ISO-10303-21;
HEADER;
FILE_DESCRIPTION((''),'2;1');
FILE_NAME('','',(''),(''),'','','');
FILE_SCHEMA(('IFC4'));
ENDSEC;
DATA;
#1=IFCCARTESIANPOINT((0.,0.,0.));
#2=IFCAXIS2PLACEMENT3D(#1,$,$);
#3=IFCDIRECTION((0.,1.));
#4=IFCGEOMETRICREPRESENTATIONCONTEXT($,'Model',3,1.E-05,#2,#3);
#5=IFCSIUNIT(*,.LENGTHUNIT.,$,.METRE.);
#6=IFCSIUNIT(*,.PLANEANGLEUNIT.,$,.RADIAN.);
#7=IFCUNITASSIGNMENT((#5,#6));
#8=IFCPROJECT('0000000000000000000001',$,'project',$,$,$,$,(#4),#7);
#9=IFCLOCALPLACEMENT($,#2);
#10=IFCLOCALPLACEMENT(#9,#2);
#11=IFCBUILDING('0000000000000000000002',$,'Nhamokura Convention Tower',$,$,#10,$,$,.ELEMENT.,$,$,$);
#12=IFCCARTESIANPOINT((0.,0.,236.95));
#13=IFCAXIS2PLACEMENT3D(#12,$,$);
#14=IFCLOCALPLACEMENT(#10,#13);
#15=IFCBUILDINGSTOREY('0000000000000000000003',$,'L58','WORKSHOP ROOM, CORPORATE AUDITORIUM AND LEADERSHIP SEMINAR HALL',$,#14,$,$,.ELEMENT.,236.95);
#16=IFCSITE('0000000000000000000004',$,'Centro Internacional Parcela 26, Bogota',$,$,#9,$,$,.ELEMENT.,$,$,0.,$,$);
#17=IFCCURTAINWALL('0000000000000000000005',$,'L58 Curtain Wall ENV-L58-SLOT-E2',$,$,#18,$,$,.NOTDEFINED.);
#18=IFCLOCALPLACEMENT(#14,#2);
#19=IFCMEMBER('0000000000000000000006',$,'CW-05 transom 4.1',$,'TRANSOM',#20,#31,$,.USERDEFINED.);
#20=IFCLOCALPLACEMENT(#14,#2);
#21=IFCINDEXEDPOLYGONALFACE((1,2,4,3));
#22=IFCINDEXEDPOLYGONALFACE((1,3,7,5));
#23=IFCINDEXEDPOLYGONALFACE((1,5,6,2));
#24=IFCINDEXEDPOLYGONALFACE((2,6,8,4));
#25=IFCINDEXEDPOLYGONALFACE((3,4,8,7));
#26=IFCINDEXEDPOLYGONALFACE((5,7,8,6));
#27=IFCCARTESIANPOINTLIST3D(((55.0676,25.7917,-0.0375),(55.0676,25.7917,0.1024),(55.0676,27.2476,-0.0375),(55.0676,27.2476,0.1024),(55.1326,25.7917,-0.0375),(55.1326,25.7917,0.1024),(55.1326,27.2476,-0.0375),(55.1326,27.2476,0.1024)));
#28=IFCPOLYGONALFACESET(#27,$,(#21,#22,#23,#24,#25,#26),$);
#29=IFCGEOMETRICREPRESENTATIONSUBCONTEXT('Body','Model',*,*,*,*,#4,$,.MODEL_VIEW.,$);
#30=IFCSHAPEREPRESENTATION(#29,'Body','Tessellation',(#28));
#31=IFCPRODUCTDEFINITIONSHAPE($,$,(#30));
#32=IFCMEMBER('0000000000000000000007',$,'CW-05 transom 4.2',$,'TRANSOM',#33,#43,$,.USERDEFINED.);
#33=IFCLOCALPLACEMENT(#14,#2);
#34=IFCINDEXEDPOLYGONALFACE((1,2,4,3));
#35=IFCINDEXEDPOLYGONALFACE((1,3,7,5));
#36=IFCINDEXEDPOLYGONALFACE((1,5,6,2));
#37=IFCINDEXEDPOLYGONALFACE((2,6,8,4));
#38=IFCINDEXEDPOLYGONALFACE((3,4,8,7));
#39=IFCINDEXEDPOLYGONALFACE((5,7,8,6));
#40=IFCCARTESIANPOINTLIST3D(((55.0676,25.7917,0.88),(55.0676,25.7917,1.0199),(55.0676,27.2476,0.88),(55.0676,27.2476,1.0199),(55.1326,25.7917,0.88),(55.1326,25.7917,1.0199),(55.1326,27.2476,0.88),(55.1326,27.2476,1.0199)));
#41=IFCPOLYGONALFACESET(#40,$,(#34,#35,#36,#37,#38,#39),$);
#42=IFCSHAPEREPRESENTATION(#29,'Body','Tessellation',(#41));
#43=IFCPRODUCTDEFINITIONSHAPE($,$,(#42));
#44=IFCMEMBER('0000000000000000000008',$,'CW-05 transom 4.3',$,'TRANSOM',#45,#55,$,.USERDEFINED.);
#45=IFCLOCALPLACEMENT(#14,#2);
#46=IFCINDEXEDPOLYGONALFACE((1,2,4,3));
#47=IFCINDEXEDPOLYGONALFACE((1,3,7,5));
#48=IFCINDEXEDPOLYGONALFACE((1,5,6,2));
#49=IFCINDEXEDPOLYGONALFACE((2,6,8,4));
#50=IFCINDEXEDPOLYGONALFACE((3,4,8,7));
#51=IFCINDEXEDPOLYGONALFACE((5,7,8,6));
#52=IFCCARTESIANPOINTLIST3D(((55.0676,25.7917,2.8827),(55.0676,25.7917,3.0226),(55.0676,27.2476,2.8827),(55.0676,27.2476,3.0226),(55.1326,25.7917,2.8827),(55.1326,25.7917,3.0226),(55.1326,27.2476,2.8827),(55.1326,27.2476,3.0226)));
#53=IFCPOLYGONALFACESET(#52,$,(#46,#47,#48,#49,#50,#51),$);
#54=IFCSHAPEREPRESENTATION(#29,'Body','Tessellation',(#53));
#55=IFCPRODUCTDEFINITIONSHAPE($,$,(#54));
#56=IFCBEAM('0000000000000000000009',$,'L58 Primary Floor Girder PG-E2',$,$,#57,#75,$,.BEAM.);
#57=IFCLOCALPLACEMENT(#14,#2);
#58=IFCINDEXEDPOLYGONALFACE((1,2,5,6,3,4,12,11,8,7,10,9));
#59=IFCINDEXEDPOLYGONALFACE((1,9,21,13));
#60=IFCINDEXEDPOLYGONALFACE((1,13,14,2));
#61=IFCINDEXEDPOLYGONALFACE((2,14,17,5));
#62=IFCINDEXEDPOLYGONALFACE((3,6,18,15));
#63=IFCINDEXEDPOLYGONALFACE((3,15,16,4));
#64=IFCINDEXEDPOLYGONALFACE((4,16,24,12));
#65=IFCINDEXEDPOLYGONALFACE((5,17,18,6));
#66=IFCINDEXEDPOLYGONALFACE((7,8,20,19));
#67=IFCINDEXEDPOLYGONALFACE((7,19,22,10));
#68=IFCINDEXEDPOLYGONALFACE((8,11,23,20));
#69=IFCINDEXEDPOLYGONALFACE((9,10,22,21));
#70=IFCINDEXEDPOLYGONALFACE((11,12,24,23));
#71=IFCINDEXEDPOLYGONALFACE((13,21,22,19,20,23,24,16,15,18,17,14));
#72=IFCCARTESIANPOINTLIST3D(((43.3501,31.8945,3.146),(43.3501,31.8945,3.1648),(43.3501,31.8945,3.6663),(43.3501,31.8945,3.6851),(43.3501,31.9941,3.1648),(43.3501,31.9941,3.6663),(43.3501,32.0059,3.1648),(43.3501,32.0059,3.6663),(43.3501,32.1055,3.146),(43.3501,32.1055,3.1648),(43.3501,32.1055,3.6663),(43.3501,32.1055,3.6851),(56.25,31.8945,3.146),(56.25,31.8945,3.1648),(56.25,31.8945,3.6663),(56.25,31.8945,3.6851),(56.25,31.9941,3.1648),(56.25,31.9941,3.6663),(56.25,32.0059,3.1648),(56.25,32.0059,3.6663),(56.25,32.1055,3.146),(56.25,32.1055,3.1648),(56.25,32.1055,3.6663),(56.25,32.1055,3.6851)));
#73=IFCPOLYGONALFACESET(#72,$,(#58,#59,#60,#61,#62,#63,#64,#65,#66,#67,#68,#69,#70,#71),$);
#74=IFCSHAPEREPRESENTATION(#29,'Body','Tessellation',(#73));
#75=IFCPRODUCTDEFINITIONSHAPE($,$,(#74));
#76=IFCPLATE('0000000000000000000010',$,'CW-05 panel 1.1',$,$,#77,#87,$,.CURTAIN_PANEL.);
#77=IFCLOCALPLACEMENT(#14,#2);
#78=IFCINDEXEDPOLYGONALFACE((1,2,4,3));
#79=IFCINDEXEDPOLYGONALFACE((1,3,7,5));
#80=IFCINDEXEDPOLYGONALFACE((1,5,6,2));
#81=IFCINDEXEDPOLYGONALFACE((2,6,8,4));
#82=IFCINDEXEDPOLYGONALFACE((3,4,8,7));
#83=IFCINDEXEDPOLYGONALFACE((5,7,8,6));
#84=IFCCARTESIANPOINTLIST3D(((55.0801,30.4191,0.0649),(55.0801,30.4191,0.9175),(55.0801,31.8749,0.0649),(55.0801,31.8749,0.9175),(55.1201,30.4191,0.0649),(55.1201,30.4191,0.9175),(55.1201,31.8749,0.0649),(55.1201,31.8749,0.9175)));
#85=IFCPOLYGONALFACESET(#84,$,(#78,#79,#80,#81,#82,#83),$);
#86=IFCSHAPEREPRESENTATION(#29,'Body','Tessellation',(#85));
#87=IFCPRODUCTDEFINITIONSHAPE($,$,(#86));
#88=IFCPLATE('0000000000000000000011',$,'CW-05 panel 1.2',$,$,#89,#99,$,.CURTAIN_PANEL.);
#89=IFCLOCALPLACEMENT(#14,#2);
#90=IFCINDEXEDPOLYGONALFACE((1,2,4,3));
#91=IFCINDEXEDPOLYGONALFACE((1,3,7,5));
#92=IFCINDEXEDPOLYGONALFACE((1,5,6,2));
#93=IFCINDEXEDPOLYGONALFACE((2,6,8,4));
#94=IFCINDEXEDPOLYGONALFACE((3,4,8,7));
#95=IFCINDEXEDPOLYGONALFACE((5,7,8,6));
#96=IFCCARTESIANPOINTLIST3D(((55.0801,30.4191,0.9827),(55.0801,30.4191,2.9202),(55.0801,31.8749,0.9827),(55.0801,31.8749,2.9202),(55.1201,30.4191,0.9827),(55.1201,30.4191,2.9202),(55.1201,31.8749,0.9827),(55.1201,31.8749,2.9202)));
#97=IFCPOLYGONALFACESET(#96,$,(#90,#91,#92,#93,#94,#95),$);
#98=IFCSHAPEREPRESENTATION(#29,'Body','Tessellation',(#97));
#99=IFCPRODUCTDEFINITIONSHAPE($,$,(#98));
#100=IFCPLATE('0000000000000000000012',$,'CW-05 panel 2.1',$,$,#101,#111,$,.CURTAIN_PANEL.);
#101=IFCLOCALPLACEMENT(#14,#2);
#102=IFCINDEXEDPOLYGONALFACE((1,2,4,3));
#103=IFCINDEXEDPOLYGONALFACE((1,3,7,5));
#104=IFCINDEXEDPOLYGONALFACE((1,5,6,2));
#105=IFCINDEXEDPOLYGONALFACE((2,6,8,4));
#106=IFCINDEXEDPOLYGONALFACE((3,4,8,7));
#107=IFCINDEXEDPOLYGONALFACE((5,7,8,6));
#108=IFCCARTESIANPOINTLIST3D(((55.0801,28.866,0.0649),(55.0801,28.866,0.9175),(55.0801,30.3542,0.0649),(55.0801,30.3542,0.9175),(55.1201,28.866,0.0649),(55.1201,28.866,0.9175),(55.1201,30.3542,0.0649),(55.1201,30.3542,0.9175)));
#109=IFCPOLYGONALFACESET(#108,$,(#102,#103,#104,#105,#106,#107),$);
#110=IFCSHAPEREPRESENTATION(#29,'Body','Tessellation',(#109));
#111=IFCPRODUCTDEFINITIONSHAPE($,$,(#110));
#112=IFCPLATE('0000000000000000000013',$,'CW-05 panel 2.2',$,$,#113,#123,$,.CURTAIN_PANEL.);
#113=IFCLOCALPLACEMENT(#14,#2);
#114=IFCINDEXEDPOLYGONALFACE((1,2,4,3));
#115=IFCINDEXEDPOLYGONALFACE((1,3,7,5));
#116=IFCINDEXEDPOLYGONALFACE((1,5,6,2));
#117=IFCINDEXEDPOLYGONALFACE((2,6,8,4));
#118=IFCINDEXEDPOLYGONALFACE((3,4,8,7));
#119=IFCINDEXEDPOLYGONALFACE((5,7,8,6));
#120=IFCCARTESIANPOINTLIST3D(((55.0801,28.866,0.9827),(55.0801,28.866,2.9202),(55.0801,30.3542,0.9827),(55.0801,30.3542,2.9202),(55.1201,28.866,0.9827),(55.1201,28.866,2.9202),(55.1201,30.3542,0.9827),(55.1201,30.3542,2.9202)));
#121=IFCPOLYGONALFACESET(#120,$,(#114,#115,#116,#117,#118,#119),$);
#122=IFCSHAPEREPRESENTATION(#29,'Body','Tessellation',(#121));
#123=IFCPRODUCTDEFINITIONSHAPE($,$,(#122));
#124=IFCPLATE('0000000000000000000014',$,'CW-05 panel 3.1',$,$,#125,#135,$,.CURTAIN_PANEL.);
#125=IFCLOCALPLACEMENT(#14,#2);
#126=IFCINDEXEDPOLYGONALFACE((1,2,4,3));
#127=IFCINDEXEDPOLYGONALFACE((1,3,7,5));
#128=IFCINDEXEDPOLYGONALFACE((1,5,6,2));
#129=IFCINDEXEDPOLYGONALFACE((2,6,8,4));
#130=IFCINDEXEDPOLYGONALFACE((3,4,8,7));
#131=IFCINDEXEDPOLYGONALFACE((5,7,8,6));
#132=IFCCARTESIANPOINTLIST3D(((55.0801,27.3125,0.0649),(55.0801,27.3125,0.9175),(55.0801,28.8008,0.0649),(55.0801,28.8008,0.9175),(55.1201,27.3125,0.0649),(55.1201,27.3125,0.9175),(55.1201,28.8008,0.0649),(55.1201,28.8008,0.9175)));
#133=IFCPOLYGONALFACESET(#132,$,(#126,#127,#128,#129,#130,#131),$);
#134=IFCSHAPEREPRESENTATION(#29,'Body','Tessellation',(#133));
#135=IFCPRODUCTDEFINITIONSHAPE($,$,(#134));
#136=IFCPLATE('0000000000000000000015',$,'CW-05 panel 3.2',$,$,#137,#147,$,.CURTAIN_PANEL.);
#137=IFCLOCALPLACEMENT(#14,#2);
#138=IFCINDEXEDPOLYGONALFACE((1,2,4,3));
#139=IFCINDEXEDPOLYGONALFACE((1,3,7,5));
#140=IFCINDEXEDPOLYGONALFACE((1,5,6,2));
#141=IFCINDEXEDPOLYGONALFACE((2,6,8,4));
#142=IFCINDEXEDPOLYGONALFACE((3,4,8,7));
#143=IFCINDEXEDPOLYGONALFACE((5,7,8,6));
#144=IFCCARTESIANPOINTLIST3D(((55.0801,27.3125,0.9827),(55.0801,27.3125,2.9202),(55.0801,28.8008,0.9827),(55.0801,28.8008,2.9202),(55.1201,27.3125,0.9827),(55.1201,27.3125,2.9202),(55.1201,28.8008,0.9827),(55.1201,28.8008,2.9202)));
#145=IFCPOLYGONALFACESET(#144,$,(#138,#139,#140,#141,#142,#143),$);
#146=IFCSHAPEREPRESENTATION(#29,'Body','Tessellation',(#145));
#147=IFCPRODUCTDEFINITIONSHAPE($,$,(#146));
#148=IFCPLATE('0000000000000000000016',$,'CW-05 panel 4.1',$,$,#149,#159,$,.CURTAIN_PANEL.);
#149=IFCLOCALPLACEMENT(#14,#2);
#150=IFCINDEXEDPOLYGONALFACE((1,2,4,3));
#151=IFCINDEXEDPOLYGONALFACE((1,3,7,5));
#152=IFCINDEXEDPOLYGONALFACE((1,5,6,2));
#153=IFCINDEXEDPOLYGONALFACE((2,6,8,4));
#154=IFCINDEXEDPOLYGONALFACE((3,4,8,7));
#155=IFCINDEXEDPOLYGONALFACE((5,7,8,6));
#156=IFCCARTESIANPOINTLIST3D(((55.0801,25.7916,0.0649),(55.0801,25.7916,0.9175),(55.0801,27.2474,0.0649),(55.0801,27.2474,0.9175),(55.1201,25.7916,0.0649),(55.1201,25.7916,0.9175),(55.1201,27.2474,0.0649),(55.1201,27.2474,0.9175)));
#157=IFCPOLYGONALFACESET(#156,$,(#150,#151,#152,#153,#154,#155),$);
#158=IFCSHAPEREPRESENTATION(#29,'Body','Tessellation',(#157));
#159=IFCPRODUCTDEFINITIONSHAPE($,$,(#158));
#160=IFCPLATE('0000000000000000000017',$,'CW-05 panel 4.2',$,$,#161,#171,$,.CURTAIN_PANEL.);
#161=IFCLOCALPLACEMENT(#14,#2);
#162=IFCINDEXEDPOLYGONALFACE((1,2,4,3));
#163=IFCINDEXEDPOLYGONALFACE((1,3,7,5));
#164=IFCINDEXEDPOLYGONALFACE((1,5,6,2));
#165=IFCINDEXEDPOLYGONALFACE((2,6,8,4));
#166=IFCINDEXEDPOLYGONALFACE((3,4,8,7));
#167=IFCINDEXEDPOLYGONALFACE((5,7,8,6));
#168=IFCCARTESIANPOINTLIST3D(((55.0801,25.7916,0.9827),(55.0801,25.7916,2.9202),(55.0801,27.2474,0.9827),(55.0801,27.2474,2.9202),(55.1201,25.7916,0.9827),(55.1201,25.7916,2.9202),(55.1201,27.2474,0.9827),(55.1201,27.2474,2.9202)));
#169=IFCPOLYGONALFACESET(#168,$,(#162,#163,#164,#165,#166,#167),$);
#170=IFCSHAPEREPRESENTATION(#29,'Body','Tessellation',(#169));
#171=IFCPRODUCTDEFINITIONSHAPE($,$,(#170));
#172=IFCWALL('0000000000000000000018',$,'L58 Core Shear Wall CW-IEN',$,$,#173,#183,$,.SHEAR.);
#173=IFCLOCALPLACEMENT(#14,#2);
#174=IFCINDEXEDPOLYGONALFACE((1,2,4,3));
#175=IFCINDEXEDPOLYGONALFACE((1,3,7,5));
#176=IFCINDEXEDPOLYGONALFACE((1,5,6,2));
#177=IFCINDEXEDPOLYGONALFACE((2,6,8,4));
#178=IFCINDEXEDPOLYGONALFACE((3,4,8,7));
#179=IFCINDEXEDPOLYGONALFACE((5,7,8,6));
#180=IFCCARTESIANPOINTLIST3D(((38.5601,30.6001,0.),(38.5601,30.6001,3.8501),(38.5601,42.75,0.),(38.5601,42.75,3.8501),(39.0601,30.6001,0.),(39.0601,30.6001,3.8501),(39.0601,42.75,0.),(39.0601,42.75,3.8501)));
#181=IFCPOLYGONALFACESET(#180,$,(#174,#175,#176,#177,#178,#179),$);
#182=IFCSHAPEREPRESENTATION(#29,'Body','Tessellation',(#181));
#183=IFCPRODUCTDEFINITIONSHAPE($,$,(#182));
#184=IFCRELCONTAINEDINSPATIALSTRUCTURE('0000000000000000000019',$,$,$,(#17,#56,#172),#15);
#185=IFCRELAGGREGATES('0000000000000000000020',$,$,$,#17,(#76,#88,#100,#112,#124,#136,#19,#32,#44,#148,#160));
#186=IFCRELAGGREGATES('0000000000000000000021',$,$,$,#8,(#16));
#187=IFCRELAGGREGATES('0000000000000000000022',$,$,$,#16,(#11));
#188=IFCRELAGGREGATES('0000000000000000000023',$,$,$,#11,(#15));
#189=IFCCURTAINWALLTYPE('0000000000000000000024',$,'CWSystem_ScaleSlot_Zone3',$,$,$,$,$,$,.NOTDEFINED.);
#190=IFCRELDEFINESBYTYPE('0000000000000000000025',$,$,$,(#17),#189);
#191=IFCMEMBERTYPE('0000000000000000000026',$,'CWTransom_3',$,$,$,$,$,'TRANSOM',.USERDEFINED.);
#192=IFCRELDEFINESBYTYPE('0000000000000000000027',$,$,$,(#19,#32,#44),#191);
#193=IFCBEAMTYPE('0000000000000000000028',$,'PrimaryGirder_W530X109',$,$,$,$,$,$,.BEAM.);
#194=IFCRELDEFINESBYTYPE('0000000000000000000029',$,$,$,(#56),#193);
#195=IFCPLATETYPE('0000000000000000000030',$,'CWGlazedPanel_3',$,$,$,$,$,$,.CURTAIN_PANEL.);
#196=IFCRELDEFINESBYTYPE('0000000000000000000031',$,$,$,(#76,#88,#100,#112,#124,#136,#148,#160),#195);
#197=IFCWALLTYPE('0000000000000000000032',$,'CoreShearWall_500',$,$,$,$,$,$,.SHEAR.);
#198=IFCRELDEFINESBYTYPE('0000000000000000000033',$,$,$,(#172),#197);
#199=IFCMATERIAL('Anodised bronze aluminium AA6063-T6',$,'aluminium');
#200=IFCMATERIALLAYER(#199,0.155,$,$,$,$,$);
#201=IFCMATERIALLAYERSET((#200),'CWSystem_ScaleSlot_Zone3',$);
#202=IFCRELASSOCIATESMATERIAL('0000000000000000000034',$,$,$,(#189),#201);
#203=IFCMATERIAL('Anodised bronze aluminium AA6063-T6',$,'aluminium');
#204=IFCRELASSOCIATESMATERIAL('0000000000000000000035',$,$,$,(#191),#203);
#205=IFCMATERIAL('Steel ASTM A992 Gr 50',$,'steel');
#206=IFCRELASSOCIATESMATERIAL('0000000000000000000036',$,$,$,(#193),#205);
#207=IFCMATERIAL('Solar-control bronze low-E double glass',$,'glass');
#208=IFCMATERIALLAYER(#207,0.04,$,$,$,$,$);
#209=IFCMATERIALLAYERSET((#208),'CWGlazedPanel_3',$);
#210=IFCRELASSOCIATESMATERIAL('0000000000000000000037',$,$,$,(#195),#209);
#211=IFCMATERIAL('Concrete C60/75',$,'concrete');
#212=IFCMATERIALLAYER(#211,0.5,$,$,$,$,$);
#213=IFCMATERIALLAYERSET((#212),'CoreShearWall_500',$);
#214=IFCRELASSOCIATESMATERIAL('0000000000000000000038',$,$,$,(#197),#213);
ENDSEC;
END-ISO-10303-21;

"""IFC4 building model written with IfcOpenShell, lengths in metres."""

from ifc_helpers import new_model, si_unit, direction, frame, frame_2d, origin, origin_2d, place, context, subcontext, project, spatial, rectangle, i_section, extrude, material, layer, layer_set, material_profile, profile_set, type_object, element, aggregate, save


model = new_model("IFC4")

# Units and contexts
model_context = context("Model", 3, precision=1e-05, world=origin(), true_north=direction((0.0, 1.0)))
body_context = subcontext(model_context, "Body", "Model", "MODEL_VIEW")
ifc_project = project(units=[si_unit("LENGTHUNIT", "METRE"), si_unit("PLANEANGLEUNIT", "RADIAN")], contexts=[model_context])

# Site, building, storey
site_placement = place(None, origin())
site = spatial("IfcSite", under=ifc_project, at=site_placement, Name="Centro Internacional Parcela 26, Bogota", CompositionType="ELEMENT", RefElevation=0.0)
building_placement = place(site_placement, origin())
building = spatial("IfcBuilding", under=site, at=building_placement, Name="Nhamokura Convention Tower", CompositionType="ELEMENT")
storey_placement = place(building_placement, frame((0.0, 0.0, 236.95)))
storey = spatial("IfcBuildingStorey", under=building, at=storey_placement, Name="L58", Description="WORKSHOP ROOM, CORPORATE AUDITORIUM AND LEADERSHIP SEMINAR HALL", CompositionType="ELEMENT", Elevation=236.95)

# Curtain wall, members
ifc_material_1 = material(Name="Anodised bronze aluminium AA6063-T6", Category="aluminium")
ifc_layer_1 = layer(ifc_material_1, 0.155)
ifc_layer_set_1 = layer_set([ifc_layer_1], Name="CWSystem_ScaleSlot_Zone3")
curtain_wall_type = type_object("IfcCurtainWallType", Name="CWSystem_ScaleSlot_Zone3", PredefinedType="NOTDEFINED", material=ifc_layer_set_1)
curtain_wall_placement = place(storey_placement, origin())
curtain_wall = element("IfcCurtainWall", 1, at=curtain_wall_placement, inside=storey, type_object=curtain_wall_type, Name="L58 Curtain Wall ENV-L58-SLOT-E2", PredefinedType="NOTDEFINED")
ifc_material_2 = material(Name="Anodised bronze aluminium AA6063-T6", Category="aluminium")
ifc_material_profile_1 = material_profile(ifc_material_2, rectangle(XDim=0.0649, YDim=0.1399, at=origin_2d()))
ifc_profile_set_1 = profile_set([ifc_material_profile_1], Name="Anodised bronze aluminium AA6063-T6")
member_type_1 = type_object("IfcMemberType", Name="CWTransom_3", ElementType="TRANSOM", PredefinedType="USERDEFINED", material=ifc_profile_set_1)
member_1_placement = place(storey_placement, frame((55.1001, 27.2476, 0.0325), z_axis=(0.0, -1.0, 0.0), x_axis=(1.0, 0.0, 0.0)))
member_1 = element("IfcMember", 2, at=member_1_placement, type_object=member_type_1, Name="CW-05 transom 4.1", ObjectType="TRANSOM", PredefinedType="USERDEFINED", context=body_context, shape_type="SweptSolid", body=[
    extrude(rectangle(XDim=0.0649, YDim=0.1399, at=origin_2d()), origin(), (0.0, 0.0, 1.0), 1.4558),
])
member_2_placement = place(storey_placement, frame((55.1001, 27.2476, 0.95), z_axis=(0.0, -1.0, 0.0), x_axis=(1.0, 0.0, 0.0)))
member_2 = element("IfcMember", 3, at=member_2_placement, type_object=member_type_1, Name="CW-05 transom 4.2", ObjectType="TRANSOM", PredefinedType="USERDEFINED", context=body_context, shape_type="SweptSolid", body=[
    extrude(rectangle(XDim=0.0649, YDim=0.1399, at=origin_2d()), origin(), (0.0, 0.0, 1.0), 1.4558),
])
member_3_placement = place(storey_placement, frame((55.1001, 27.2476, 2.9526), z_axis=(0.0, -1.0, 0.0), x_axis=(1.0, 0.0, 0.0)))
member_3 = element("IfcMember", 4, at=member_3_placement, type_object=member_type_1, Name="CW-05 transom 4.3", ObjectType="TRANSOM", PredefinedType="USERDEFINED", context=body_context, shape_type="SweptSolid", body=[
    extrude(rectangle(XDim=0.0649, YDim=0.1399, at=origin_2d()), origin(), (0.0, 0.0, 1.0), 1.4558),
])

# Beam
ifc_material_3 = material(Name="Steel ASTM A992 Gr 50", Category="steel")
ifc_material_profile_2 = material_profile(ifc_material_3, i_section(OverallWidth=0.2109, OverallDepth=0.5391, WebThickness=0.0117, FlangeThickness=0.0188, at=origin_2d()))
ifc_profile_set_2 = profile_set([ifc_material_profile_2], Name="Steel ASTM A992 Gr 50")
beam_type = type_object("IfcBeamType", Name="PrimaryGirder_W530X109", PredefinedType="BEAM", material=ifc_profile_set_2)
beam_placement = place(storey_placement, frame((43.3501, 32.0, 3.4155), z_axis=(1.0, 0.0, 0.0), x_axis=(0.0, 1.0, 0.0)))
element("IfcBeam", 5, at=beam_placement, inside=storey, type_object=beam_type, Name="L58 Primary Floor Girder PG-E2", PredefinedType="BEAM", context=body_context, shape_type="SweptSolid", body=[
    extrude(i_section(OverallWidth=0.2109, OverallDepth=0.5391, WebThickness=0.0117, FlangeThickness=0.0188, at=origin_2d()), origin(), (0.0, 0.0, 1.0), 12.8999),
])

# Plates
ifc_material_4 = material(Name="Solar-control bronze low-E double glass", Category="glass")
ifc_layer_2 = layer(ifc_material_4, 0.04)
ifc_layer_set_2 = layer_set([ifc_layer_2], Name="CWGlazedPanel_3")
plate_type = type_object("IfcPlateType", Name="CWGlazedPanel_3", PredefinedType="CURTAIN_PANEL", material=ifc_layer_set_2)
plate_1_placement = place(storey_placement, frame((55.1001, 31.147, 0.0649), z_axis=(0.0, 0.0, 1.0), x_axis=(0.0, -1.0, 0.0)))
plate_1 = element("IfcPlate", 6, at=plate_1_placement, type_object=plate_type, Name="CW-05 panel 1.1", PredefinedType="CURTAIN_PANEL", context=body_context, shape_type="SweptSolid", body=[
    extrude(rectangle(XDim=1.4558, YDim=0.04, at=origin_2d()), origin(), (0.0, 0.0, 1.0), 0.8525),
])
plate_2_placement = place(storey_placement, frame((55.1001, 31.147, 0.9827), z_axis=(0.0, 0.0, 1.0), x_axis=(0.0, -1.0, 0.0)))
plate_2 = element("IfcPlate", 7, at=plate_2_placement, type_object=plate_type, Name="CW-05 panel 1.2", PredefinedType="CURTAIN_PANEL", context=body_context, shape_type="SweptSolid", body=[
    extrude(rectangle(XDim=1.4558, YDim=0.04, at=origin_2d()), origin(), (0.0, 0.0, 1.0), 1.9375),
])
plate_3_placement = place(storey_placement, frame((55.1001, 29.6101, 0.0649), z_axis=(0.0, 0.0, 1.0), x_axis=(0.0, -1.0, 0.0)))
plate_3 = element("IfcPlate", 8, at=plate_3_placement, type_object=plate_type, Name="CW-05 panel 2.1", PredefinedType="CURTAIN_PANEL", context=body_context, shape_type="SweptSolid", body=[
    extrude(rectangle(XDim=1.4883, YDim=0.04, at=origin_2d()), origin(), (0.0, 0.0, 1.0), 0.8525),
])
plate_4_placement = place(storey_placement, frame((55.1001, 29.6101, 0.9827), z_axis=(0.0, 0.0, 1.0), x_axis=(0.0, -1.0, 0.0)))
plate_4 = element("IfcPlate", 9, at=plate_4_placement, type_object=plate_type, Name="CW-05 panel 2.2", PredefinedType="CURTAIN_PANEL", context=body_context, shape_type="SweptSolid", body=[
    extrude(rectangle(XDim=1.4883, YDim=0.04, at=origin_2d()), origin(), (0.0, 0.0, 1.0), 1.9375),
])
plate_5_placement = place(storey_placement, frame((55.1001, 28.0566, 0.0649), z_axis=(0.0, 0.0, 1.0), x_axis=(0.0, -1.0, 0.0)))
plate_5 = element("IfcPlate", 10, at=plate_5_placement, type_object=plate_type, Name="CW-05 panel 3.1", PredefinedType="CURTAIN_PANEL", context=body_context, shape_type="SweptSolid", body=[
    extrude(rectangle(XDim=1.4883, YDim=0.04, at=origin_2d()), origin(), (0.0, 0.0, 1.0), 0.8525),
])
plate_6_placement = place(storey_placement, frame((55.1001, 28.0566, 0.9827), z_axis=(0.0, 0.0, 1.0), x_axis=(0.0, -1.0, 0.0)))
plate_6 = element("IfcPlate", 11, at=plate_6_placement, type_object=plate_type, Name="CW-05 panel 3.2", PredefinedType="CURTAIN_PANEL", context=body_context, shape_type="SweptSolid", body=[
    extrude(rectangle(XDim=1.4883, YDim=0.04, at=origin_2d()), origin(), (0.0, 0.0, 1.0), 1.9375),
])
plate_7_placement = place(storey_placement, frame((55.1001, 26.5195, 0.0649), z_axis=(0.0, 0.0, 1.0), x_axis=(0.0, -1.0, 0.0)))
plate_7 = element("IfcPlate", 12, at=plate_7_placement, type_object=plate_type, Name="CW-05 panel 4.1", PredefinedType="CURTAIN_PANEL", context=body_context, shape_type="SweptSolid", body=[
    extrude(rectangle(XDim=1.4558, YDim=0.04, at=origin_2d()), origin(), (0.0, 0.0, 1.0), 0.8525),
])
plate_8_placement = place(storey_placement, frame((55.1001, 26.5195, 0.9827), z_axis=(0.0, 0.0, 1.0), x_axis=(0.0, -1.0, 0.0)))
plate_8 = element("IfcPlate", 13, at=plate_8_placement, type_object=plate_type, Name="CW-05 panel 4.2", PredefinedType="CURTAIN_PANEL", context=body_context, shape_type="SweptSolid", body=[
    extrude(rectangle(XDim=1.4558, YDim=0.04, at=origin_2d()), origin(), (0.0, 0.0, 1.0), 1.9375),
])
aggregate(curtain_wall, [plate_1, plate_2, plate_3, plate_4, plate_5, plate_6, member_1, member_2, member_3, plate_7, plate_8])

# Shared definitions
ifc_material_5 = material(Name="Concrete C60/75", Category="concrete")
ifc_layer_3 = layer(ifc_material_5, 0.5)
ifc_layer_set_3 = layer_set([ifc_layer_3], Name="CoreShearWall_500")
wall_type_1 = type_object("IfcWallType", Name="CoreShearWall_500", PredefinedType="SHEAR", material=ifc_layer_set_3)

# Wall
wall_1_placement = place(storey_placement, frame((38.8101, 30.6001, 0.0), z_axis=(0.0, 0.0, 1.0), x_axis=(0.0, 1.0, 0.0)))
element("IfcWall", 14, at=wall_1_placement, inside=storey, type_object=wall_type_1, Name="L58 Core Shear Wall CW-IEN", PredefinedType="SHEAR", context=body_context, shape_type="SweptSolid", body=[
    extrude(rectangle(XDim=12.1499, YDim=0.5, at=frame_2d((6.075, 0.0))), origin(), (0.0, 0.0, 1.0), 3.8501),
])

save(model, "model.ifc")
